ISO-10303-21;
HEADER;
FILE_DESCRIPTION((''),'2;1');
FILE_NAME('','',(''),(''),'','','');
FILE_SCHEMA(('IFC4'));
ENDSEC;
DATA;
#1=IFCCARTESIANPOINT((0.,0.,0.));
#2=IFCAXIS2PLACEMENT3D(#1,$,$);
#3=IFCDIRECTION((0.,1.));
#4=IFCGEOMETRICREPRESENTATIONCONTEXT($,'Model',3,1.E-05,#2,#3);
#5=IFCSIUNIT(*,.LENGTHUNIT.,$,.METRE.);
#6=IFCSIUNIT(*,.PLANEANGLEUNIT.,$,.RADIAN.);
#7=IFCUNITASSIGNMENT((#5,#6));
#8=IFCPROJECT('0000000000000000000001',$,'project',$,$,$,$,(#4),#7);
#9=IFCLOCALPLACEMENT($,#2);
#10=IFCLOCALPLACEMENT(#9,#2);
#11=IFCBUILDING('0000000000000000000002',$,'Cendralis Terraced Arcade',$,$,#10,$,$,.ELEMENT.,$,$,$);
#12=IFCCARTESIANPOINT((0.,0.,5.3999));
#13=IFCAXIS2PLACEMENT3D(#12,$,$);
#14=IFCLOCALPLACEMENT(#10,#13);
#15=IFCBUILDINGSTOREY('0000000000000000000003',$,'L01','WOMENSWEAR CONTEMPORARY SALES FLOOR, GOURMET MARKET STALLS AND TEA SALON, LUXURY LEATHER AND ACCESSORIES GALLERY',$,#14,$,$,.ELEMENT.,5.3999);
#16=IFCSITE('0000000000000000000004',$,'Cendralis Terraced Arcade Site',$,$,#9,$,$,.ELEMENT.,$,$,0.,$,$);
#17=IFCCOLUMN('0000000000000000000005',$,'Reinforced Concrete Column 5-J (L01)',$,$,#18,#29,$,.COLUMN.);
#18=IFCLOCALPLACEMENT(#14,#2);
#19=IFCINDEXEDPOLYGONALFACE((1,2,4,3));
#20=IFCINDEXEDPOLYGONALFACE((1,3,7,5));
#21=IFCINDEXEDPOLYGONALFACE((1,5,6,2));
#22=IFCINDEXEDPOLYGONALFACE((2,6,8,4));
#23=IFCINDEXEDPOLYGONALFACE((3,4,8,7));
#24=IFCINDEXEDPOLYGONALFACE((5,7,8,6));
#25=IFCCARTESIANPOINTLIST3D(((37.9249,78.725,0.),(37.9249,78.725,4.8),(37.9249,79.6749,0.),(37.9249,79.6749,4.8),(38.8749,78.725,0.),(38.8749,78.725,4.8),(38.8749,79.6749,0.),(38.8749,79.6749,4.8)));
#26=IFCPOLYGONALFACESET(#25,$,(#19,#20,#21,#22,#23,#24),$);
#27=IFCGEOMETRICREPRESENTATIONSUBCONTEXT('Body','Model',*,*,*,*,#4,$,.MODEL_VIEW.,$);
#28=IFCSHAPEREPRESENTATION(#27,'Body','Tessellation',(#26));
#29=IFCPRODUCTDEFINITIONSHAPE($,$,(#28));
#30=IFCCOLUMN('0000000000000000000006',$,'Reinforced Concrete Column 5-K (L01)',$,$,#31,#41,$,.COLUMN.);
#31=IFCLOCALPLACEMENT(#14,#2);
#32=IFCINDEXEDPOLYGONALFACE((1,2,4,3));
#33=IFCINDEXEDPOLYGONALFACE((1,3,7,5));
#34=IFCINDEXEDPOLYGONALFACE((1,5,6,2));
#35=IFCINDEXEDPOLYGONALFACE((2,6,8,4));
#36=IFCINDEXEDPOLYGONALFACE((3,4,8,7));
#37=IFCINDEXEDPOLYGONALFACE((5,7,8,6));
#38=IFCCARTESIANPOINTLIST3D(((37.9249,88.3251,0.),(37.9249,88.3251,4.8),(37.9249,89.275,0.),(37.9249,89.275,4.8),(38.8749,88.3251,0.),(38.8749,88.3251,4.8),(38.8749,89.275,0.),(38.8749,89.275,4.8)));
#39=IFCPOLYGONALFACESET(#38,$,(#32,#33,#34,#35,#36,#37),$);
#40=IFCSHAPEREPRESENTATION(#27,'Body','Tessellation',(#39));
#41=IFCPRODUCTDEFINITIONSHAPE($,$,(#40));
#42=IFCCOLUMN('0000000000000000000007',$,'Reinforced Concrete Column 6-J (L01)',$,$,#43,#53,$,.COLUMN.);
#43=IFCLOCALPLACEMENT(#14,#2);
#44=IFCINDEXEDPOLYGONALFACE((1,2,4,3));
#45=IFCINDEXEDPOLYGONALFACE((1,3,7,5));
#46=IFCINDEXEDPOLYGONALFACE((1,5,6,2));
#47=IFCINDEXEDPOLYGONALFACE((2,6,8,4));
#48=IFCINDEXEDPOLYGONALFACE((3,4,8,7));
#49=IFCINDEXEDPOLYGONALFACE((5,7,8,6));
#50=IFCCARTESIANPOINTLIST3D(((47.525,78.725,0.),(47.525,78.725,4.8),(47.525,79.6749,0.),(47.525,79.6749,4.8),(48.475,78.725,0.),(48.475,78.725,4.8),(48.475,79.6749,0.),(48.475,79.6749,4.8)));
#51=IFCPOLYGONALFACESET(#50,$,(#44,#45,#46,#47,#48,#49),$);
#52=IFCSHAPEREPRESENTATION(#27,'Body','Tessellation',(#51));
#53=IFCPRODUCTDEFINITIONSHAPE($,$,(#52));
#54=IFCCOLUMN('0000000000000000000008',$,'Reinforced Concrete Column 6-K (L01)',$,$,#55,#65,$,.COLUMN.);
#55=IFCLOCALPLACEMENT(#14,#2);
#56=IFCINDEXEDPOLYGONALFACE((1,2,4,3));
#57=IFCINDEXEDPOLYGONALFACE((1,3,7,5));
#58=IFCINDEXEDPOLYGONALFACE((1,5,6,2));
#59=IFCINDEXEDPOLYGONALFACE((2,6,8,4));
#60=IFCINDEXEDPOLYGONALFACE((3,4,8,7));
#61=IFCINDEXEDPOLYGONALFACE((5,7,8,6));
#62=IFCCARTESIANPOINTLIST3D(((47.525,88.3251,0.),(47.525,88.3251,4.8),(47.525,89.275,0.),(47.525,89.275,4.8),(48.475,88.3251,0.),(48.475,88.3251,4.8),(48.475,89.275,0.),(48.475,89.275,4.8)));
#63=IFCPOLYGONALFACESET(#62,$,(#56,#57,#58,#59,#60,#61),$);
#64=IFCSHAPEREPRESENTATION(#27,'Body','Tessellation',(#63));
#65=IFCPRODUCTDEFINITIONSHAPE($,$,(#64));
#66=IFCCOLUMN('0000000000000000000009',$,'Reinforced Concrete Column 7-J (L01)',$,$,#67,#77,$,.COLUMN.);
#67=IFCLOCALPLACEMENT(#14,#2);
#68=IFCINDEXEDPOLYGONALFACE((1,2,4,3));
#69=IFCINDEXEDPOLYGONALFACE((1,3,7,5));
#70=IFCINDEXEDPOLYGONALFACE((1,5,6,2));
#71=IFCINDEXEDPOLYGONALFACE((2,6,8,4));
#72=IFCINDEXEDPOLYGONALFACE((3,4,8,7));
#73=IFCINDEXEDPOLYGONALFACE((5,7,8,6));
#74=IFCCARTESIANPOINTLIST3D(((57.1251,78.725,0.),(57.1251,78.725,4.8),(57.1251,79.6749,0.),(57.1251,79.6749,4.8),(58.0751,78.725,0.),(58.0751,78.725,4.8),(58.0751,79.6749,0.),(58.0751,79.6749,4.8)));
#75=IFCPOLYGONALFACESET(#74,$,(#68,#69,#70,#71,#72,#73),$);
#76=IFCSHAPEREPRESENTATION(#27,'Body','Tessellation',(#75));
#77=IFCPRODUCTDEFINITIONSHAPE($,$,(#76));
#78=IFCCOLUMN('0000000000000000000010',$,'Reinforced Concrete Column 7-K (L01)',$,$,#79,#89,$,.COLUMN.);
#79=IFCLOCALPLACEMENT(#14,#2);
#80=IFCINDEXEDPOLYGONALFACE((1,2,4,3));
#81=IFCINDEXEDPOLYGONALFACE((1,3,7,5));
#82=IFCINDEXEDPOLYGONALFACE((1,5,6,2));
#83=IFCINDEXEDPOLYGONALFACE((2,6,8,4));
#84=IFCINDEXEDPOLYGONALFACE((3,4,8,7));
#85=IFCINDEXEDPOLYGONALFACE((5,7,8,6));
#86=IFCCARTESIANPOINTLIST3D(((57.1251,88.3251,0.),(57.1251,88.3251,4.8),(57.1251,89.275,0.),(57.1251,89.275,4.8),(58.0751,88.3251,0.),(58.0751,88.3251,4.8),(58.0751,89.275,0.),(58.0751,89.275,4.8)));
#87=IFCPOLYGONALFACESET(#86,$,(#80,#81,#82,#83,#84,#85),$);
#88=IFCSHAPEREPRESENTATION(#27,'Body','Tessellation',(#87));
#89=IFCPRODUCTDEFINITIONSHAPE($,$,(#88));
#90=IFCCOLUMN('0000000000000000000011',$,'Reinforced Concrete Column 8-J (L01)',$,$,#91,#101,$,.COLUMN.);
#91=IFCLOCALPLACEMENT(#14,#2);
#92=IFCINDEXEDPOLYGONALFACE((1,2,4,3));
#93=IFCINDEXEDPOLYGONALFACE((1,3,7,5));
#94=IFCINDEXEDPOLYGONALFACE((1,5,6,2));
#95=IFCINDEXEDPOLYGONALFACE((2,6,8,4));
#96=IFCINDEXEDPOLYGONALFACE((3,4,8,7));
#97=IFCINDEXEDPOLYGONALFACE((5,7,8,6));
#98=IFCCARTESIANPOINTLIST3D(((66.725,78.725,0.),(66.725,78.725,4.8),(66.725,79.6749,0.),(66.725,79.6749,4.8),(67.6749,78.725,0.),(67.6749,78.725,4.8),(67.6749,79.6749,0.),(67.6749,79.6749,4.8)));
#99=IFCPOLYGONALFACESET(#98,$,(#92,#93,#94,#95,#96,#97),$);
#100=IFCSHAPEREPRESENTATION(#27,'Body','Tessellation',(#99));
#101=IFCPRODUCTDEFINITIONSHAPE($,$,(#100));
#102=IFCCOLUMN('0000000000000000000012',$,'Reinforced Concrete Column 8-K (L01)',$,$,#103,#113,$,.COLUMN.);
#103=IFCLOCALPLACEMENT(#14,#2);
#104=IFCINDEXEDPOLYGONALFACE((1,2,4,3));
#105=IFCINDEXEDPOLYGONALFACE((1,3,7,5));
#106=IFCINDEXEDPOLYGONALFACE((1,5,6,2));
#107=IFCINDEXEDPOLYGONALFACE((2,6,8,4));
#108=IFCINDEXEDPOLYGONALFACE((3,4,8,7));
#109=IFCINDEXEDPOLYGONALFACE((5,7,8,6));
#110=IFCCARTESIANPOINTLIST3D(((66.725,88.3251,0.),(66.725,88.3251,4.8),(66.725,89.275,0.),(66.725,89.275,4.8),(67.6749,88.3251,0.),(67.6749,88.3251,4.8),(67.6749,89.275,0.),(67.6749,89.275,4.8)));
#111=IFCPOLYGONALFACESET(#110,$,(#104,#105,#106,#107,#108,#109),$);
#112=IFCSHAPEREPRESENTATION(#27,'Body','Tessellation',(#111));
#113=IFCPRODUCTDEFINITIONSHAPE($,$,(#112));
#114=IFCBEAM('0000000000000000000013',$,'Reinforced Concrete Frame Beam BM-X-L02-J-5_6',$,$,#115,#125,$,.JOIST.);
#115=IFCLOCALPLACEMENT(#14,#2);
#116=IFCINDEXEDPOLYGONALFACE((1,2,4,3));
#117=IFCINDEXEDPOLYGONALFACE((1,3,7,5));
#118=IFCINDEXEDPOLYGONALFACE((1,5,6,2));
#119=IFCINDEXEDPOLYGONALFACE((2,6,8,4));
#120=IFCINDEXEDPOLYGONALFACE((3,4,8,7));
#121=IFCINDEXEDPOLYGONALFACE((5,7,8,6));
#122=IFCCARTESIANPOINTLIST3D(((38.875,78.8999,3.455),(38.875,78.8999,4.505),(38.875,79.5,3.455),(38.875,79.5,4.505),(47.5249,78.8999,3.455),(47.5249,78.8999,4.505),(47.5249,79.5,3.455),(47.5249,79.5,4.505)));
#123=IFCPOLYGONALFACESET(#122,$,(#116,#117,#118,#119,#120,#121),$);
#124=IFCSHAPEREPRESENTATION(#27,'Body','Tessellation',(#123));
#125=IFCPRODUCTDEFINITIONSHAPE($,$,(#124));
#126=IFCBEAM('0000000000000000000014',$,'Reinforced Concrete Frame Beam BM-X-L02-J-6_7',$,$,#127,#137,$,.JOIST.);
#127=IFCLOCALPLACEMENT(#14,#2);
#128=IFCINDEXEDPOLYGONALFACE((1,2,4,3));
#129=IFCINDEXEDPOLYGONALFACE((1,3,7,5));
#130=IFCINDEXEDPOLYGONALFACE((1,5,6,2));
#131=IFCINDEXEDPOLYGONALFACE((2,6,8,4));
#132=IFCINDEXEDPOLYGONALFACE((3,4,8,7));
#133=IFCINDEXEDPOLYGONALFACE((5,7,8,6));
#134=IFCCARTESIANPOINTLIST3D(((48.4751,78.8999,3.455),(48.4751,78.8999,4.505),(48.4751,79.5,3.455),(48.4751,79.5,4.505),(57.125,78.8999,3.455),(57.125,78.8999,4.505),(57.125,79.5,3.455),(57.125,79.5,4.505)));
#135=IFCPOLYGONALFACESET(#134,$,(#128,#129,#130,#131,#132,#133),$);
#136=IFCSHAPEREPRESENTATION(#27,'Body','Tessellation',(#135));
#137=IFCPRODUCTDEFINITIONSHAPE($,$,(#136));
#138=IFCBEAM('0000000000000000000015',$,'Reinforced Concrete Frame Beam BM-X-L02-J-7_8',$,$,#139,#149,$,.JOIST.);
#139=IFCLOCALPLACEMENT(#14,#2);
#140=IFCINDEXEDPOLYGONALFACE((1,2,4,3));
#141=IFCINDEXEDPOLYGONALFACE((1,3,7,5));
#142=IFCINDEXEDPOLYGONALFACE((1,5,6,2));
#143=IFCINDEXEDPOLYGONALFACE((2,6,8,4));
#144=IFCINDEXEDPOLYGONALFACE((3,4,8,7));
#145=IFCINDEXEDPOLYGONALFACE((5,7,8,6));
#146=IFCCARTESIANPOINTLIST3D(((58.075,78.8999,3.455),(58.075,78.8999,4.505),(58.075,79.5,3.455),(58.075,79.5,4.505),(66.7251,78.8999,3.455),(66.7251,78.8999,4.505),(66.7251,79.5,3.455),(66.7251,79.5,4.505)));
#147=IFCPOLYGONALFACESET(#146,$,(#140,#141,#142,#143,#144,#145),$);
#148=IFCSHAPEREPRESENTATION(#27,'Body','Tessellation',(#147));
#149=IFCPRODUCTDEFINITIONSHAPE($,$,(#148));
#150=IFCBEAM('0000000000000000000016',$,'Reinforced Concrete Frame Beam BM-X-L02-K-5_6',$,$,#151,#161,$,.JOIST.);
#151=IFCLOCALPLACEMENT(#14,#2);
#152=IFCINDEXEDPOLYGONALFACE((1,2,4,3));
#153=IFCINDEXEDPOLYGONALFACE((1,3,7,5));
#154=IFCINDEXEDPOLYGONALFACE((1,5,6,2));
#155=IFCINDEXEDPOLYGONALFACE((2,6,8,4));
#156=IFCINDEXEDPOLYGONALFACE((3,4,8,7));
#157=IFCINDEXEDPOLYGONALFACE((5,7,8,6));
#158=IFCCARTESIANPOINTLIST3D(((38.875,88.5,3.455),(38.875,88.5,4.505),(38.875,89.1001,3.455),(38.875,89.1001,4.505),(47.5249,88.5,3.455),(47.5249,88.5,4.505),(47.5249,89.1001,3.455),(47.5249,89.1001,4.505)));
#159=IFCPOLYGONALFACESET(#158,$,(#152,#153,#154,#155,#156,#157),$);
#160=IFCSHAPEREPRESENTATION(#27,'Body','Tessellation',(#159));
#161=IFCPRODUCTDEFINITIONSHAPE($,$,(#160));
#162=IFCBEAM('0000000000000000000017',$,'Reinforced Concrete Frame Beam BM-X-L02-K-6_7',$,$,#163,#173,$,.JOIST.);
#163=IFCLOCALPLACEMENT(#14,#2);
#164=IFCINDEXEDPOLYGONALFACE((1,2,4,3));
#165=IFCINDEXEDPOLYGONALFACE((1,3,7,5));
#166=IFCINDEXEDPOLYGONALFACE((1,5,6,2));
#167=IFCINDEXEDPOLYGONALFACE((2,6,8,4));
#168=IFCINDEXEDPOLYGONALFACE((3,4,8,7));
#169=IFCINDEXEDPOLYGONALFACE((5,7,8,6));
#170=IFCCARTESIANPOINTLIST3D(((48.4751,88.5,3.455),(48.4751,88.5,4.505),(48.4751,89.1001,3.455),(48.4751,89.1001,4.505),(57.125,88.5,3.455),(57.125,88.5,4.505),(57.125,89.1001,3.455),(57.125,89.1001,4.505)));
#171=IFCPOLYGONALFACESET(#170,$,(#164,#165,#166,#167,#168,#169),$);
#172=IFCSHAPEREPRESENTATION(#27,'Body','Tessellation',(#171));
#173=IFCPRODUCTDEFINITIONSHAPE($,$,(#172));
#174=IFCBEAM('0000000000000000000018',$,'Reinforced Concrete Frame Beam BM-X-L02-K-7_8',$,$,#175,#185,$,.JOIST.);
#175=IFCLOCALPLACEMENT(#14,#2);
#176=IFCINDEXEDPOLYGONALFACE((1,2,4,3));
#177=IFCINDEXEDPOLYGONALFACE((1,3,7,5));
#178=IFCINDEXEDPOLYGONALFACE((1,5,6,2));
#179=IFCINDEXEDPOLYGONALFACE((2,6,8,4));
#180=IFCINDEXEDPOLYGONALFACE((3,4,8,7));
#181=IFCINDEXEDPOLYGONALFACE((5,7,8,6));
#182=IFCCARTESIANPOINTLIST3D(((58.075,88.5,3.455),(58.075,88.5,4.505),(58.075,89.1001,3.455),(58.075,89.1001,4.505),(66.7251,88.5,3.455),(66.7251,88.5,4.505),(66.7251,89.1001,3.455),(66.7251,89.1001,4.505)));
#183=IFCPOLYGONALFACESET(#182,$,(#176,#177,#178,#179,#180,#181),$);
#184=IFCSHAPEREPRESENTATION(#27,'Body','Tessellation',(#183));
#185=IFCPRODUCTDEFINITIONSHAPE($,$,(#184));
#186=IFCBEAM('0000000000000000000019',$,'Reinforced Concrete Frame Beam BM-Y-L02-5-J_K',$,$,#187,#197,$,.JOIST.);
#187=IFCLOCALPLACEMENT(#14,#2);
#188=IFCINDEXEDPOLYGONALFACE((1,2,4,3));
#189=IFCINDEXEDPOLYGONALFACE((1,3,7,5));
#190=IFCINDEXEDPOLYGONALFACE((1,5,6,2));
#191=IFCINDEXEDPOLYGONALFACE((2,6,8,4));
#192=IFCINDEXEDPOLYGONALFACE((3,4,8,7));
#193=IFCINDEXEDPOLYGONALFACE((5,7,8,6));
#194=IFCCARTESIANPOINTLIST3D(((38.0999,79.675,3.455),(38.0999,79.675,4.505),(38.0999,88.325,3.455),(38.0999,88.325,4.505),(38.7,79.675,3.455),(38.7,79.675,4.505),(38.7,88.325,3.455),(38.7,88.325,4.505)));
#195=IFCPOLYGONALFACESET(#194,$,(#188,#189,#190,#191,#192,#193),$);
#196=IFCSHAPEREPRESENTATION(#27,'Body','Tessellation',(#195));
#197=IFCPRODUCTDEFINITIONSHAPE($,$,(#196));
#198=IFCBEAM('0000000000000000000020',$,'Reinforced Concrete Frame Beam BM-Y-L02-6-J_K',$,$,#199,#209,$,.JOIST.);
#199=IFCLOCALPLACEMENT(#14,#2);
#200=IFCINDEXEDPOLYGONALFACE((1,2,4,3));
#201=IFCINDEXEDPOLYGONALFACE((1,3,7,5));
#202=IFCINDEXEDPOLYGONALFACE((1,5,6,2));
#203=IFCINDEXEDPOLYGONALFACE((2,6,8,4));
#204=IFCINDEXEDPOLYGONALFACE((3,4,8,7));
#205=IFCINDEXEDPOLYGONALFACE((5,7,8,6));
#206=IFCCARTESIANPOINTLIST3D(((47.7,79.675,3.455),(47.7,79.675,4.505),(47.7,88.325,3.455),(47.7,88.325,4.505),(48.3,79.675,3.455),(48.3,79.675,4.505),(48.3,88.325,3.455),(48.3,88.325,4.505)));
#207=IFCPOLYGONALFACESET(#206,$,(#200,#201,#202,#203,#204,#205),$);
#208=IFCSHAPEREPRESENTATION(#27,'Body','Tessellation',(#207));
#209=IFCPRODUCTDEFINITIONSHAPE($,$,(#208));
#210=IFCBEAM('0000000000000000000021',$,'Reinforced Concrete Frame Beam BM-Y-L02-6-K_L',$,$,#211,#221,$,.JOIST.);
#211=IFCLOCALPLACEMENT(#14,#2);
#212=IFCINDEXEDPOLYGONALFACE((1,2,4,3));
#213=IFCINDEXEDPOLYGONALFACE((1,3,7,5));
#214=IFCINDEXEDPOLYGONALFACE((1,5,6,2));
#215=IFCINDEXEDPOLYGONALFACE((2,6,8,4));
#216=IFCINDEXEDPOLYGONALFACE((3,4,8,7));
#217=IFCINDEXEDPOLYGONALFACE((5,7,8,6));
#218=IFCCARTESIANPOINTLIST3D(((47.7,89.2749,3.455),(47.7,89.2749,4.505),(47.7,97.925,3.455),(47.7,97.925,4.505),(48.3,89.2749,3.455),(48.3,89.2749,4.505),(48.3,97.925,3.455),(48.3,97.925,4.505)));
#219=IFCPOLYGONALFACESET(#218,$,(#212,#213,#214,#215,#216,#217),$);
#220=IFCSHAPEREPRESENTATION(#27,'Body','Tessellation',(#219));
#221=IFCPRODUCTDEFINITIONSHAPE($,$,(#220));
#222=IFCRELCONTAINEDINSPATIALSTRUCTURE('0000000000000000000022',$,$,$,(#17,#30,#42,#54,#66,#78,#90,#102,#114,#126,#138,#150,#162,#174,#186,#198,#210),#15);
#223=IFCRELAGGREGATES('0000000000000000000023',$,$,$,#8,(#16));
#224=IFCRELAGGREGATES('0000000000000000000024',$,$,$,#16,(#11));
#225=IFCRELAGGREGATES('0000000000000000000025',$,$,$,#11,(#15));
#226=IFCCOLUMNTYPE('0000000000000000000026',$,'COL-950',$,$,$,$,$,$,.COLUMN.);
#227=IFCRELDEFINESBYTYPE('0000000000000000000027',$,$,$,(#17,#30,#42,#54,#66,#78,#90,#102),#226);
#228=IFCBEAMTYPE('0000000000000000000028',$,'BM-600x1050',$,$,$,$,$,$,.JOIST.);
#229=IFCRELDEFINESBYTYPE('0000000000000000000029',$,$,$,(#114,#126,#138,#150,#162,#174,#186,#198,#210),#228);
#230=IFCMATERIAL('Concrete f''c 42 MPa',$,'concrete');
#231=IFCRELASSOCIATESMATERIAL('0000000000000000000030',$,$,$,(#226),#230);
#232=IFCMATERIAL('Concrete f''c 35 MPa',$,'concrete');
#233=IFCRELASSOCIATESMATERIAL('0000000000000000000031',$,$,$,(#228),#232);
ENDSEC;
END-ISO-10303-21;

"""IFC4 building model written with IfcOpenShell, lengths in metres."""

from ifc_helpers import new_model, si_unit, direction, frame, origin, origin_2d, place, context, subcontext, project, spatial, rectangle, extrude, material, material_profile, profile_set, type_object, element, save


model = new_model("IFC4")

# Units and contexts
model_context = context("Model", 3, precision=1e-05, world=origin(), true_north=direction((0.0, 1.0)))
body_context = subcontext(model_context, "Body", "Model", "MODEL_VIEW")
ifc_project = project(units=[si_unit("LENGTHUNIT", "METRE"), si_unit("PLANEANGLEUNIT", "RADIAN")], contexts=[model_context])

# Site, building, storey
site_placement = place(None, origin())
site = spatial("IfcSite", under=ifc_project, at=site_placement, Name="Cendralis Terraced Arcade Site", CompositionType="ELEMENT", RefElevation=0.0)
building_placement = place(site_placement, origin())
building = spatial("IfcBuilding", under=site, at=building_placement, Name="Cendralis Terraced Arcade", CompositionType="ELEMENT")
storey_placement = place(building_placement, frame((0.0, 0.0, 5.3999)))
storey = spatial("IfcBuildingStorey", under=building, at=storey_placement, Name="L01", Description="WOMENSWEAR CONTEMPORARY SALES FLOOR, GOURMET MARKET STALLS AND TEA SALON, LUXURY LEATHER AND ACCESSORIES GALLERY", CompositionType="ELEMENT", Elevation=5.3999)

# Columns
ifc_material_1 = material(Name="Concrete f'c 42 MPa", Category="concrete")
ifc_material_profile_1 = material_profile(ifc_material_1, rectangle(XDim=0.95, YDim=0.95, at=origin_2d()), Name="RC-COL-950x950", Category="LoadBearing")
ifc_profile_set_1 = profile_set([ifc_material_profile_1], Name="Concrete f'c 42 MPa")
column_type = type_object("IfcColumnType", Name="COL-950", PredefinedType="COLUMN", material=ifc_profile_set_1)
for number, where, z_axis, x_axis, name in (
    (1, (38.3999, 79.2, 0.0), (0.0, 0.0, 1.0), (1.0, 0.0, 0.0), "Reinforced Concrete Column 5-J (L01)"),
    (2, (38.3999, 88.8, 0.0), (0.0, 0.0, 1.0), (1.0, 0.0, 0.0), "Reinforced Concrete Column 5-K (L01)"),
    (3, (48.0, 79.2, 0.0), (0.0, 0.0, 1.0), (1.0, 0.0, 0.0), "Reinforced Concrete Column 6-J (L01)"),
    (4, (48.0, 88.8, 0.0), (0.0, 0.0, 1.0), (1.0, 0.0, 0.0), "Reinforced Concrete Column 6-K (L01)"),
    (5, (57.6001, 79.2, 0.0), (0.0, 0.0, 1.0), (1.0, 0.0, 0.0), "Reinforced Concrete Column 7-J (L01)"),
    (6, (57.6001, 88.8, 0.0), (0.0, 0.0, 1.0), (1.0, 0.0, 0.0), "Reinforced Concrete Column 7-K (L01)"),
    (7, (67.2, 79.2, 0.0), (0.0, 0.0, 1.0), (1.0, 0.0, 0.0), "Reinforced Concrete Column 8-J (L01)"),
    (8, (67.2, 88.8, 0.0), (0.0, 0.0, 1.0), (1.0, 0.0, 0.0), "Reinforced Concrete Column 8-K (L01)"),
):
    element("IfcColumn", number, at=place(storey_placement, frame(where, z_axis=z_axis, x_axis=x_axis)), inside=storey, type_object=column_type, Name=name, PredefinedType="COLUMN", context=body_context, shape_type="SweptSolid", body=[
        extrude(rectangle(XDim=0.95, YDim=0.95, at=origin_2d()), origin(), (0.0, 0.0, 1.0), 4.8),
    ])

# Beams
ifc_material_2 = material(Name="Concrete f'c 35 MPa", Category="concrete")
ifc_material_profile_2 = material_profile(ifc_material_2, rectangle(XDim=0.6001, YDim=1.05, at=origin_2d()), Name="RC-BM-600x1050", Category="LoadBearing")
ifc_profile_set_2 = profile_set([ifc_material_profile_2], Name="Concrete f'c 35 MPa")
beam_type = type_object("IfcBeamType", Name="BM-600x1050", PredefinedType="JOIST", material=ifc_profile_set_2)
for number, where, z_axis, x_axis, name in (
    (9, (38.875, 79.2, 3.98), (1.0, 0.0, 0.0), (0.0, 1.0, 0.0), "Reinforced Concrete Frame Beam BM-X-L02-J-5_6"),
    (10, (48.4751, 79.2, 3.98), (1.0, 0.0, 0.0), (0.0, 1.0, 0.0), "Reinforced Concrete Frame Beam BM-X-L02-J-6_7"),
):
    element("IfcBeam", number, at=place(storey_placement, frame(where, z_axis=z_axis, x_axis=x_axis)), inside=storey, type_object=beam_type, Name=name, PredefinedType="JOIST", context=body_context, shape_type="SweptSolid", body=[
        extrude(rectangle(XDim=0.6001, YDim=1.05, at=origin_2d()), origin(), (0.0, 0.0, 1.0), 8.6499),
    ])
beam_1_placement = place(storey_placement, frame((58.075, 79.2, 3.98), z_axis=(1.0, 0.0, 0.0), x_axis=(0.0, 1.0, 0.0)))
element("IfcBeam", 11, at=beam_1_placement, inside=storey, type_object=beam_type, Name="Reinforced Concrete Frame Beam BM-X-L02-J-7_8", PredefinedType="JOIST", context=body_context, shape_type="SweptSolid", body=[
    extrude(rectangle(XDim=0.6001, YDim=1.05, at=origin_2d()), origin(), (0.0, 0.0, 1.0), 8.6501),
])
for number, where, z_axis, x_axis, name in (
    (12, (38.875, 88.8, 3.98), (1.0, 0.0, 0.0), (0.0, 1.0, 0.0), "Reinforced Concrete Frame Beam BM-X-L02-K-5_6"),
    (13, (48.4751, 88.8, 3.98), (1.0, 0.0, 0.0), (0.0, 1.0, 0.0), "Reinforced Concrete Frame Beam BM-X-L02-K-6_7"),
):
    element("IfcBeam", number, at=place(storey_placement, frame(where, z_axis=z_axis, x_axis=x_axis)), inside=storey, type_object=beam_type, Name=name, PredefinedType="JOIST", context=body_context, shape_type="SweptSolid", body=[
        extrude(rectangle(XDim=0.6001, YDim=1.05, at=origin_2d()), origin(), (0.0, 0.0, 1.0), 8.6499),
    ])
beam_2_placement = place(storey_placement, frame((58.075, 88.8, 3.98), z_axis=(1.0, 0.0, 0.0), x_axis=(0.0, 1.0, 0.0)))
element("IfcBeam", 14, at=beam_2_placement, inside=storey, type_object=beam_type, Name="Reinforced Concrete Frame Beam BM-X-L02-K-7_8", PredefinedType="JOIST", context=body_context, shape_type="SweptSolid", body=[
    extrude(rectangle(XDim=0.6001, YDim=1.05, at=origin_2d()), origin(), (0.0, 0.0, 1.0), 8.6501),
])
for number, where, z_axis, x_axis, name in (
    (15, (38.3999, 79.675, 3.98), (0.0, 1.0, 0.0), (-1.0, 0.0, 0.0), "Reinforced Concrete Frame Beam BM-Y-L02-5-J_K"),
    (16, (48.0, 79.675, 3.98), (0.0, 1.0, 0.0), (-1.0, 0.0, 0.0), "Reinforced Concrete Frame Beam BM-Y-L02-6-J_K"),
):
    element("IfcBeam", number, at=place(storey_placement, frame(where, z_axis=z_axis, x_axis=x_axis)), inside=storey, type_object=beam_type, Name=name, PredefinedType="JOIST", context=body_context, shape_type="SweptSolid", body=[
        extrude(rectangle(XDim=0.6001, YDim=1.05, at=origin_2d()), origin(), (0.0, 0.0, 1.0), 8.6499),
    ])
beam_3_placement = place(storey_placement, frame((48.0, 89.2749, 3.98), z_axis=(0.0, 1.0, 0.0), x_axis=(-1.0, 0.0, 0.0)))
element("IfcBeam", 17, at=beam_3_placement, inside=storey, type_object=beam_type, Name="Reinforced Concrete Frame Beam BM-Y-L02-6-K_L", PredefinedType="JOIST", context=body_context, shape_type="SweptSolid", body=[
    extrude(rectangle(XDim=0.6001, YDim=1.05, at=origin_2d()), origin(), (0.0, 0.0, 1.0), 8.6501),
])

save(model, "model.ifc")
